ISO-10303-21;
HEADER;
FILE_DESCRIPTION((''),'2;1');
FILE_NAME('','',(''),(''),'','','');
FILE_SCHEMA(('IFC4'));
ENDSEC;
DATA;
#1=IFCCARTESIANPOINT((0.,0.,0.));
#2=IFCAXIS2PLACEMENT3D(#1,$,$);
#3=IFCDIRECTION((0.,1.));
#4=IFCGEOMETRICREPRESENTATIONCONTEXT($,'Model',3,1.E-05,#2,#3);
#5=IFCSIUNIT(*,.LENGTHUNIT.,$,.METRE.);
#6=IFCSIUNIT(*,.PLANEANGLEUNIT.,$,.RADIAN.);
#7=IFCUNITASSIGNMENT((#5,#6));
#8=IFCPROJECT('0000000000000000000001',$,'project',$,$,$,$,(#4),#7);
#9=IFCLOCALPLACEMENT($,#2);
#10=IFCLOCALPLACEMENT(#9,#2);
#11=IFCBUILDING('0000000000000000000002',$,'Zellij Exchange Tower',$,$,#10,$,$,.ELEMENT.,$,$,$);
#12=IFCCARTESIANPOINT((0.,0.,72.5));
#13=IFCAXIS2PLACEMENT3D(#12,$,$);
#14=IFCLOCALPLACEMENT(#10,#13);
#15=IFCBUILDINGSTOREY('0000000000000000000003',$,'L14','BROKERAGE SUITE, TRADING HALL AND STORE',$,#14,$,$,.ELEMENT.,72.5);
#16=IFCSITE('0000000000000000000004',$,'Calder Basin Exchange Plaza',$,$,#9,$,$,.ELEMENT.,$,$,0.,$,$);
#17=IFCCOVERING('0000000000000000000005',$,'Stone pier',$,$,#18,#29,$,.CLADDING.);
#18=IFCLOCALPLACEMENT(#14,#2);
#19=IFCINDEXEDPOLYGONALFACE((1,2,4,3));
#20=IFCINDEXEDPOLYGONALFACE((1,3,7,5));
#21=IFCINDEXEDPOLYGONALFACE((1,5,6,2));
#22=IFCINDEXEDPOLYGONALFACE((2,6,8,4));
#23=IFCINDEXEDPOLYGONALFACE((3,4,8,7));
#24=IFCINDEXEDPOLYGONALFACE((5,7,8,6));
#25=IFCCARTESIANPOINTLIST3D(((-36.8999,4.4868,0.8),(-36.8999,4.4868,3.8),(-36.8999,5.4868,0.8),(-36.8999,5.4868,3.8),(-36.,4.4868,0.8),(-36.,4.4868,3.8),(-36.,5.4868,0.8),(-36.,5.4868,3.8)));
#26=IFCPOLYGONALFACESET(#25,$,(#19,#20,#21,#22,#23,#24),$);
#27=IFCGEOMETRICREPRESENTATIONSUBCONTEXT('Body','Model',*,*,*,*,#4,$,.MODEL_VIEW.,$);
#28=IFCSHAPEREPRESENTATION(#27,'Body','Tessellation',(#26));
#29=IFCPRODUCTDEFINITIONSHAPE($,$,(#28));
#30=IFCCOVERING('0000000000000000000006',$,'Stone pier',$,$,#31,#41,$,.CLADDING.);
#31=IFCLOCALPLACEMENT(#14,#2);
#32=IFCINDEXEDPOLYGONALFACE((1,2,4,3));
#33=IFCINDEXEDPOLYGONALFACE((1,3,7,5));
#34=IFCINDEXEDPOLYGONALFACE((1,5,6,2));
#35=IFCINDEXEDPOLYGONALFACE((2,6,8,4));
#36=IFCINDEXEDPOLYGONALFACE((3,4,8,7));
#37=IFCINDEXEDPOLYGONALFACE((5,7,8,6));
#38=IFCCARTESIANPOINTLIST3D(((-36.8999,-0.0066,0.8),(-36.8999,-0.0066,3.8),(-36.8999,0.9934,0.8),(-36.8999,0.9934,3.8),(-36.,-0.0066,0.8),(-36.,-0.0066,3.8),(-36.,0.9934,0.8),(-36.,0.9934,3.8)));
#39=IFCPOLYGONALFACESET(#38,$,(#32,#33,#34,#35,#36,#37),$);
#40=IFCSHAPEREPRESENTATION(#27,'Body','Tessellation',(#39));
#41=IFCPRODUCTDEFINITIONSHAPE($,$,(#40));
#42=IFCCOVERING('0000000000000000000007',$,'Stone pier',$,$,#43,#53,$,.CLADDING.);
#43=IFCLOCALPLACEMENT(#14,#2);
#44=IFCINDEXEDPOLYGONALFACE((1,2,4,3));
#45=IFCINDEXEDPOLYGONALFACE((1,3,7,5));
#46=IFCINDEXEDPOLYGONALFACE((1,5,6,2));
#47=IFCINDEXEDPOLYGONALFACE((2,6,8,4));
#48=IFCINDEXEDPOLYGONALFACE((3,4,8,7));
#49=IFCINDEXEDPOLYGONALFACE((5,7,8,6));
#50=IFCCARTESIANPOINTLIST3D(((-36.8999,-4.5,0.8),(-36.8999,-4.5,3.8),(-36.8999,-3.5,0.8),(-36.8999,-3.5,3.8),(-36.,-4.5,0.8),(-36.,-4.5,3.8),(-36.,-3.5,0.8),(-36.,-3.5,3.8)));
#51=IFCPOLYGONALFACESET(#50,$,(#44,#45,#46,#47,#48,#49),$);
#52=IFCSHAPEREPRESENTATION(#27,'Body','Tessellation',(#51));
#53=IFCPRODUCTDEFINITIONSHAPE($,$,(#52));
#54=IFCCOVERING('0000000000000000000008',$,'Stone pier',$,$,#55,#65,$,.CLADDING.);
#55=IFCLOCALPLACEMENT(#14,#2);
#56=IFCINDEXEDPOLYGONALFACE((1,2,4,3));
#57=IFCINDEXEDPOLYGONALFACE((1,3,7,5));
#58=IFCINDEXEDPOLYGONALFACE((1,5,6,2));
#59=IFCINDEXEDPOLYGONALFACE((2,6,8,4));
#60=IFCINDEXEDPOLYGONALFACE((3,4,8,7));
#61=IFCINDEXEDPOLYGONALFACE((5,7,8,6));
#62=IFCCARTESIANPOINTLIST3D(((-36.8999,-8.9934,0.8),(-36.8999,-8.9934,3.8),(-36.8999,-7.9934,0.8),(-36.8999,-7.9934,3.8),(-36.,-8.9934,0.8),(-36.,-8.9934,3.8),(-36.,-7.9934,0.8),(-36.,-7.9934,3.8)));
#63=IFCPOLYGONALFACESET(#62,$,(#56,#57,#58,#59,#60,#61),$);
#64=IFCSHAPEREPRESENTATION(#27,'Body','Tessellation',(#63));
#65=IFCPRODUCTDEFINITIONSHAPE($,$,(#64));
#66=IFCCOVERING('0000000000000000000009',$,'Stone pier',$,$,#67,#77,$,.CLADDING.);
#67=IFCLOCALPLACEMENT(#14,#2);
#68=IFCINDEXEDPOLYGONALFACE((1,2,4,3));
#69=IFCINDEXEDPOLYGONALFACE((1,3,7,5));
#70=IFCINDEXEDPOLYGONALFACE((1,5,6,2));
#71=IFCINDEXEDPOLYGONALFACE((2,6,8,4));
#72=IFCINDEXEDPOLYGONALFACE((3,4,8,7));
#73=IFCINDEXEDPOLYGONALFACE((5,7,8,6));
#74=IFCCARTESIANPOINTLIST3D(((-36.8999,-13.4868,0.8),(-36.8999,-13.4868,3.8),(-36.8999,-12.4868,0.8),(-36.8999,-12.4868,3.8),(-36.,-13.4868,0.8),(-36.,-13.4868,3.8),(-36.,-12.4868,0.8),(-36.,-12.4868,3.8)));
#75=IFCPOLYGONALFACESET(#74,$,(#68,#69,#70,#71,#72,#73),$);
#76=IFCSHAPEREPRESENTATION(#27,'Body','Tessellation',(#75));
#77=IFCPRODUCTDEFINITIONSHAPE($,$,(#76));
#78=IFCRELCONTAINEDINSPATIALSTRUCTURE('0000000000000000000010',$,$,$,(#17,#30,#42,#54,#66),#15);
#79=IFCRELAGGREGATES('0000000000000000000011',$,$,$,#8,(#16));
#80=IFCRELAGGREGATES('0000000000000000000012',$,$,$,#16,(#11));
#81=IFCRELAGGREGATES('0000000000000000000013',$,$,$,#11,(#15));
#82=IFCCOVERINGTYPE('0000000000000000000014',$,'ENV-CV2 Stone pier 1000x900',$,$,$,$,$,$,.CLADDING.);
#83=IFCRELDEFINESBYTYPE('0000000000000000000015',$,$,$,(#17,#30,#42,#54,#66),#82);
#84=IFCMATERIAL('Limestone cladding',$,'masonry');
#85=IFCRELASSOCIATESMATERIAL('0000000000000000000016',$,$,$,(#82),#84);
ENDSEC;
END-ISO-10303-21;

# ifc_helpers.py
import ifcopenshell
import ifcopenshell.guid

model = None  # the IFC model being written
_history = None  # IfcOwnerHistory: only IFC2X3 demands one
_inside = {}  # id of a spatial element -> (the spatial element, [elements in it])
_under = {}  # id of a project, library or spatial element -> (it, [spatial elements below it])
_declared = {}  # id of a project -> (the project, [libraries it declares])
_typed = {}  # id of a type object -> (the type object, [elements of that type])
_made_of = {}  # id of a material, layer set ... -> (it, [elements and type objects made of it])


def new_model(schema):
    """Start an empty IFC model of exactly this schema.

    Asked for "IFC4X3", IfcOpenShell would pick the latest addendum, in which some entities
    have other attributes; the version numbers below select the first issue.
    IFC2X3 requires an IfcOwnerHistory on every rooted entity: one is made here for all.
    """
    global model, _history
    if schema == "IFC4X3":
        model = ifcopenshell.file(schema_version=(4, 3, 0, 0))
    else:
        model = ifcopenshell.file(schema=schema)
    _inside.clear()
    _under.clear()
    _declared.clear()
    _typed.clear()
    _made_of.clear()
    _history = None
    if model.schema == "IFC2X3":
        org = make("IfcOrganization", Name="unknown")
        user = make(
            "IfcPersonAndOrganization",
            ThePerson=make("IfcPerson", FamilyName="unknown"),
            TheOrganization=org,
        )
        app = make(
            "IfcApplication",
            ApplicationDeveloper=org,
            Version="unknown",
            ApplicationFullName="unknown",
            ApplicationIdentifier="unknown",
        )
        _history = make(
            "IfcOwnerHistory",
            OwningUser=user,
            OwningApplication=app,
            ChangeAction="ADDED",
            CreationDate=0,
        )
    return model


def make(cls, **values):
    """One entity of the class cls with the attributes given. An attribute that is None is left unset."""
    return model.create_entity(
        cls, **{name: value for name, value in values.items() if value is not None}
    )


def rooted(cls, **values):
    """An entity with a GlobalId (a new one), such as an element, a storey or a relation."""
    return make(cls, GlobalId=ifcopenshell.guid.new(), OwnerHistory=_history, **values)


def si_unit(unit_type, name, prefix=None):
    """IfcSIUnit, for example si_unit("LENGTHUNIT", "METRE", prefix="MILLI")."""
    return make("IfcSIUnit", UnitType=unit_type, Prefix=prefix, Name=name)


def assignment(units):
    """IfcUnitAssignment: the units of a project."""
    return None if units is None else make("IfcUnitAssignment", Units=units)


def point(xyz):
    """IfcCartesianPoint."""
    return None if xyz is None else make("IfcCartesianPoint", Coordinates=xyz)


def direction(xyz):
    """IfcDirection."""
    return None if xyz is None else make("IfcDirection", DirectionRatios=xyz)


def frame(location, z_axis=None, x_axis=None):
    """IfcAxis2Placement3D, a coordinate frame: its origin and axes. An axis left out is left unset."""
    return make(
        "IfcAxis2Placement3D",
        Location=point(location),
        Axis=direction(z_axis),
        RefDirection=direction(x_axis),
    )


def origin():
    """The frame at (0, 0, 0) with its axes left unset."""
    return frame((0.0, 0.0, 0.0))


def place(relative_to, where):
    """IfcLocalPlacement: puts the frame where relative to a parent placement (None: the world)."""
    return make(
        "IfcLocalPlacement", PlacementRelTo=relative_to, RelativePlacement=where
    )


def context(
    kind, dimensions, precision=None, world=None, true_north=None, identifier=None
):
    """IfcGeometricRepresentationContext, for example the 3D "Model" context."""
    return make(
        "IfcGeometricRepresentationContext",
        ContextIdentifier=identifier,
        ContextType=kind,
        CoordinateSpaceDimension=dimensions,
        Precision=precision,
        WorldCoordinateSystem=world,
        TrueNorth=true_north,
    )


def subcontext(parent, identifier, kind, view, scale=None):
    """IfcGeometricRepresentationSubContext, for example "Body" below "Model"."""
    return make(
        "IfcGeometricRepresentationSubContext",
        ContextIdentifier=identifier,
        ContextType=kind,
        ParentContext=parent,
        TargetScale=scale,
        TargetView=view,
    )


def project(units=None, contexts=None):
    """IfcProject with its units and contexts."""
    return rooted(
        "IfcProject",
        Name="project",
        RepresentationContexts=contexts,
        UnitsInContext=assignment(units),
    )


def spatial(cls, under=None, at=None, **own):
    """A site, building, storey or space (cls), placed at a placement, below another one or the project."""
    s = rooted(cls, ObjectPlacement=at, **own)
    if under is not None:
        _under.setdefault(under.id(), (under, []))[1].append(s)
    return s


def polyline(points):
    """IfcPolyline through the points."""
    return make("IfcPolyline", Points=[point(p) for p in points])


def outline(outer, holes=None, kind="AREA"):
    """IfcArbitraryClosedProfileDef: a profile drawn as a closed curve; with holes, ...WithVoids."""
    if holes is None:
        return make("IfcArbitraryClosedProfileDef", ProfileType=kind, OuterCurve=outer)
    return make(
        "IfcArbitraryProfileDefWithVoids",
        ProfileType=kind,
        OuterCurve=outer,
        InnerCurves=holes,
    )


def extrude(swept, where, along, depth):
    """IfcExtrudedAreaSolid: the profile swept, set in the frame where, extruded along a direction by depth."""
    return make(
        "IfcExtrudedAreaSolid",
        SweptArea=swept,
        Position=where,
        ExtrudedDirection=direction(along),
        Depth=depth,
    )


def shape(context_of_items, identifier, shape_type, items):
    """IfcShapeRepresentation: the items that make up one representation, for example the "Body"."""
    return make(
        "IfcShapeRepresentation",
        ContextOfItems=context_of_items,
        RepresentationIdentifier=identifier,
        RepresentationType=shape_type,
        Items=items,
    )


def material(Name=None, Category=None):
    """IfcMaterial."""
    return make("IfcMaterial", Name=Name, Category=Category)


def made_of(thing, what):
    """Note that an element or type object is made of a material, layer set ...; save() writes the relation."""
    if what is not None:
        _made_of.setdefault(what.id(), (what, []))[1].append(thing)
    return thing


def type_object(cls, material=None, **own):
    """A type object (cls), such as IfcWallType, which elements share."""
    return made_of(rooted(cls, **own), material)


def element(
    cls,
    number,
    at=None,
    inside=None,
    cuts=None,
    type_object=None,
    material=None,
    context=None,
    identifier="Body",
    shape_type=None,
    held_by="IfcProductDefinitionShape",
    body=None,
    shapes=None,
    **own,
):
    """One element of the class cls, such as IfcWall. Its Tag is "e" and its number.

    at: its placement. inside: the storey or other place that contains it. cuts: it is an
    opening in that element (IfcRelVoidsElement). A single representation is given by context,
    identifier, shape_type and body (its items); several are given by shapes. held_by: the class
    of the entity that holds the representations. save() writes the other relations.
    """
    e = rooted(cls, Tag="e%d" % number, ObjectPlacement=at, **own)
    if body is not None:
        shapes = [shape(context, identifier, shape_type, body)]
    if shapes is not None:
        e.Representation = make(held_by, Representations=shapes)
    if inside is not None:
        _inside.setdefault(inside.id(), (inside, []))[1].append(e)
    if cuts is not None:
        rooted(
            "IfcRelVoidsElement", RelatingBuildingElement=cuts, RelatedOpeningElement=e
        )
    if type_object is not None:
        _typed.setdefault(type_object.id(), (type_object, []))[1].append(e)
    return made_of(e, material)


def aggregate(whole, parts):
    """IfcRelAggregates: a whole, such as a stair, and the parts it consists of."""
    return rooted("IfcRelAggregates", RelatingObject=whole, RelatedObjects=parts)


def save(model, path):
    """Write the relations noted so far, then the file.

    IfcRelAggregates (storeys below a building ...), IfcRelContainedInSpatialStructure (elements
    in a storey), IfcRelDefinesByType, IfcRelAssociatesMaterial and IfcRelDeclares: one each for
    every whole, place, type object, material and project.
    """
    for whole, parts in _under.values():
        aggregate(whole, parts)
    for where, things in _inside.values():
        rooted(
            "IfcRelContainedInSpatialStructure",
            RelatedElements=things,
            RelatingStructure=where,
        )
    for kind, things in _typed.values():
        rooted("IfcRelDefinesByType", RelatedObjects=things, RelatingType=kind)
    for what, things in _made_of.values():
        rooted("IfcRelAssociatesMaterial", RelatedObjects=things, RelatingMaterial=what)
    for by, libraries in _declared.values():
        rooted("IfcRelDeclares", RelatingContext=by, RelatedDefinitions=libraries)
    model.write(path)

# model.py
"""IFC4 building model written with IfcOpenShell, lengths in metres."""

from ifc_helpers import new_model, si_unit, direction, frame, origin, place, context, subcontext, project, spatial, polyline, outline, extrude, material, type_object, element, save


model = new_model("IFC4")

# Units and contexts
model_context = context("Model", 3, precision=1e-05, world=origin(), true_north=direction((0.0, 1.0)))
body_context = subcontext(model_context, "Body", "Model", "MODEL_VIEW")
ifc_project = project(units=[si_unit("LENGTHUNIT", "METRE"), si_unit("PLANEANGLEUNIT", "RADIAN")], contexts=[model_context])

# Site, building, storey
site_placement = place(None, origin())
site = spatial("IfcSite", under=ifc_project, at=site_placement, Name="Calder Basin Exchange Plaza", CompositionType="ELEMENT", RefElevation=0.0)
building_placement = place(site_placement, origin())
building = spatial("IfcBuilding", under=site, at=building_placement, Name="Zellij Exchange Tower", CompositionType="ELEMENT")
storey_placement = place(building_placement, frame((0.0, 0.0, 72.5)))
storey = spatial("IfcBuildingStorey", under=building, at=storey_placement, Name="L14", Description="BROKERAGE SUITE, TRADING HALL AND STORE", CompositionType="ELEMENT", Elevation=72.5)

# Coverings
ifc_material_1 = material(Name="Limestone cladding", Category="masonry")
covering_type_1 = type_object("IfcCoveringType", Name="ENV-CV2 Stone pier 1000x900", PredefinedType="CLADDING", material=ifc_material_1)
covering_1_placement = place(storey_placement, frame((0.0, 0.0, 0.8)))
element("IfcCovering", 1, at=covering_1_placement, inside=storey, type_object=covering_type_1, Name="Stone pier", PredefinedType="CLADDING", context=body_context, shape_type="SweptSolid", body=[
    extrude(outline(polyline([(-36.0, 5.4868), (-36.0, 4.4868), (-36.8999, 4.4868), (-36.8999, 5.4868), (-36.0, 5.4868)])), origin(), (0.0, 0.0, 1.0), 3.0),
])
covering_2_placement = place(storey_placement, frame((0.0, 0.0, 0.8)))
element("IfcCovering", 2, at=covering_2_placement, inside=storey, type_object=covering_type_1, Name="Stone pier", PredefinedType="CLADDING", context=body_context, shape_type="SweptSolid", body=[
    extrude(outline(polyline([(-36.0, 0.9934), (-36.0, -0.0066), (-36.8999, -0.0066), (-36.8999, 0.9934), (-36.0, 0.9934)])), origin(), (0.0, 0.0, 1.0), 3.0),
])
covering_3_placement = place(storey_placement, frame((0.0, 0.0, 0.8)))
element("IfcCovering", 3, at=covering_3_placement, inside=storey, type_object=covering_type_1, Name="Stone pier", PredefinedType="CLADDING", context=body_context, shape_type="SweptSolid", body=[
    extrude(outline(polyline([(-36.0, -3.5), (-36.0, -4.5), (-36.8999, -4.5), (-36.8999, -3.5), (-36.0, -3.5)])), origin(), (0.0, 0.0, 1.0), 3.0),
])
covering_4_placement = place(storey_placement, frame((0.0, 0.0, 0.8)))
element("IfcCovering", 4, at=covering_4_placement, inside=storey, type_object=covering_type_1, Name="Stone pier", PredefinedType="CLADDING", context=body_context, shape_type="SweptSolid", body=[
    extrude(outline(polyline([(-36.0, -7.9934), (-36.0, -8.9934), (-36.8999, -8.9934), (-36.8999, -7.9934), (-36.0, -7.9934)])), origin(), (0.0, 0.0, 1.0), 3.0),
])
covering_5_placement = place(storey_placement, frame((0.0, 0.0, 0.8)))
element("IfcCovering", 5, at=covering_5_placement, inside=storey, type_object=covering_type_1, Name="Stone pier", PredefinedType="CLADDING", context=body_context, shape_type="SweptSolid", body=[
    extrude(outline(polyline([(-36.0, -12.4868), (-36.0, -13.4868), (-36.8999, -13.4868), (-36.8999, -12.4868), (-36.0, -12.4868)])), origin(), (0.0, 0.0, 1.0), 3.0),
])

save(model, "model.ifc")
